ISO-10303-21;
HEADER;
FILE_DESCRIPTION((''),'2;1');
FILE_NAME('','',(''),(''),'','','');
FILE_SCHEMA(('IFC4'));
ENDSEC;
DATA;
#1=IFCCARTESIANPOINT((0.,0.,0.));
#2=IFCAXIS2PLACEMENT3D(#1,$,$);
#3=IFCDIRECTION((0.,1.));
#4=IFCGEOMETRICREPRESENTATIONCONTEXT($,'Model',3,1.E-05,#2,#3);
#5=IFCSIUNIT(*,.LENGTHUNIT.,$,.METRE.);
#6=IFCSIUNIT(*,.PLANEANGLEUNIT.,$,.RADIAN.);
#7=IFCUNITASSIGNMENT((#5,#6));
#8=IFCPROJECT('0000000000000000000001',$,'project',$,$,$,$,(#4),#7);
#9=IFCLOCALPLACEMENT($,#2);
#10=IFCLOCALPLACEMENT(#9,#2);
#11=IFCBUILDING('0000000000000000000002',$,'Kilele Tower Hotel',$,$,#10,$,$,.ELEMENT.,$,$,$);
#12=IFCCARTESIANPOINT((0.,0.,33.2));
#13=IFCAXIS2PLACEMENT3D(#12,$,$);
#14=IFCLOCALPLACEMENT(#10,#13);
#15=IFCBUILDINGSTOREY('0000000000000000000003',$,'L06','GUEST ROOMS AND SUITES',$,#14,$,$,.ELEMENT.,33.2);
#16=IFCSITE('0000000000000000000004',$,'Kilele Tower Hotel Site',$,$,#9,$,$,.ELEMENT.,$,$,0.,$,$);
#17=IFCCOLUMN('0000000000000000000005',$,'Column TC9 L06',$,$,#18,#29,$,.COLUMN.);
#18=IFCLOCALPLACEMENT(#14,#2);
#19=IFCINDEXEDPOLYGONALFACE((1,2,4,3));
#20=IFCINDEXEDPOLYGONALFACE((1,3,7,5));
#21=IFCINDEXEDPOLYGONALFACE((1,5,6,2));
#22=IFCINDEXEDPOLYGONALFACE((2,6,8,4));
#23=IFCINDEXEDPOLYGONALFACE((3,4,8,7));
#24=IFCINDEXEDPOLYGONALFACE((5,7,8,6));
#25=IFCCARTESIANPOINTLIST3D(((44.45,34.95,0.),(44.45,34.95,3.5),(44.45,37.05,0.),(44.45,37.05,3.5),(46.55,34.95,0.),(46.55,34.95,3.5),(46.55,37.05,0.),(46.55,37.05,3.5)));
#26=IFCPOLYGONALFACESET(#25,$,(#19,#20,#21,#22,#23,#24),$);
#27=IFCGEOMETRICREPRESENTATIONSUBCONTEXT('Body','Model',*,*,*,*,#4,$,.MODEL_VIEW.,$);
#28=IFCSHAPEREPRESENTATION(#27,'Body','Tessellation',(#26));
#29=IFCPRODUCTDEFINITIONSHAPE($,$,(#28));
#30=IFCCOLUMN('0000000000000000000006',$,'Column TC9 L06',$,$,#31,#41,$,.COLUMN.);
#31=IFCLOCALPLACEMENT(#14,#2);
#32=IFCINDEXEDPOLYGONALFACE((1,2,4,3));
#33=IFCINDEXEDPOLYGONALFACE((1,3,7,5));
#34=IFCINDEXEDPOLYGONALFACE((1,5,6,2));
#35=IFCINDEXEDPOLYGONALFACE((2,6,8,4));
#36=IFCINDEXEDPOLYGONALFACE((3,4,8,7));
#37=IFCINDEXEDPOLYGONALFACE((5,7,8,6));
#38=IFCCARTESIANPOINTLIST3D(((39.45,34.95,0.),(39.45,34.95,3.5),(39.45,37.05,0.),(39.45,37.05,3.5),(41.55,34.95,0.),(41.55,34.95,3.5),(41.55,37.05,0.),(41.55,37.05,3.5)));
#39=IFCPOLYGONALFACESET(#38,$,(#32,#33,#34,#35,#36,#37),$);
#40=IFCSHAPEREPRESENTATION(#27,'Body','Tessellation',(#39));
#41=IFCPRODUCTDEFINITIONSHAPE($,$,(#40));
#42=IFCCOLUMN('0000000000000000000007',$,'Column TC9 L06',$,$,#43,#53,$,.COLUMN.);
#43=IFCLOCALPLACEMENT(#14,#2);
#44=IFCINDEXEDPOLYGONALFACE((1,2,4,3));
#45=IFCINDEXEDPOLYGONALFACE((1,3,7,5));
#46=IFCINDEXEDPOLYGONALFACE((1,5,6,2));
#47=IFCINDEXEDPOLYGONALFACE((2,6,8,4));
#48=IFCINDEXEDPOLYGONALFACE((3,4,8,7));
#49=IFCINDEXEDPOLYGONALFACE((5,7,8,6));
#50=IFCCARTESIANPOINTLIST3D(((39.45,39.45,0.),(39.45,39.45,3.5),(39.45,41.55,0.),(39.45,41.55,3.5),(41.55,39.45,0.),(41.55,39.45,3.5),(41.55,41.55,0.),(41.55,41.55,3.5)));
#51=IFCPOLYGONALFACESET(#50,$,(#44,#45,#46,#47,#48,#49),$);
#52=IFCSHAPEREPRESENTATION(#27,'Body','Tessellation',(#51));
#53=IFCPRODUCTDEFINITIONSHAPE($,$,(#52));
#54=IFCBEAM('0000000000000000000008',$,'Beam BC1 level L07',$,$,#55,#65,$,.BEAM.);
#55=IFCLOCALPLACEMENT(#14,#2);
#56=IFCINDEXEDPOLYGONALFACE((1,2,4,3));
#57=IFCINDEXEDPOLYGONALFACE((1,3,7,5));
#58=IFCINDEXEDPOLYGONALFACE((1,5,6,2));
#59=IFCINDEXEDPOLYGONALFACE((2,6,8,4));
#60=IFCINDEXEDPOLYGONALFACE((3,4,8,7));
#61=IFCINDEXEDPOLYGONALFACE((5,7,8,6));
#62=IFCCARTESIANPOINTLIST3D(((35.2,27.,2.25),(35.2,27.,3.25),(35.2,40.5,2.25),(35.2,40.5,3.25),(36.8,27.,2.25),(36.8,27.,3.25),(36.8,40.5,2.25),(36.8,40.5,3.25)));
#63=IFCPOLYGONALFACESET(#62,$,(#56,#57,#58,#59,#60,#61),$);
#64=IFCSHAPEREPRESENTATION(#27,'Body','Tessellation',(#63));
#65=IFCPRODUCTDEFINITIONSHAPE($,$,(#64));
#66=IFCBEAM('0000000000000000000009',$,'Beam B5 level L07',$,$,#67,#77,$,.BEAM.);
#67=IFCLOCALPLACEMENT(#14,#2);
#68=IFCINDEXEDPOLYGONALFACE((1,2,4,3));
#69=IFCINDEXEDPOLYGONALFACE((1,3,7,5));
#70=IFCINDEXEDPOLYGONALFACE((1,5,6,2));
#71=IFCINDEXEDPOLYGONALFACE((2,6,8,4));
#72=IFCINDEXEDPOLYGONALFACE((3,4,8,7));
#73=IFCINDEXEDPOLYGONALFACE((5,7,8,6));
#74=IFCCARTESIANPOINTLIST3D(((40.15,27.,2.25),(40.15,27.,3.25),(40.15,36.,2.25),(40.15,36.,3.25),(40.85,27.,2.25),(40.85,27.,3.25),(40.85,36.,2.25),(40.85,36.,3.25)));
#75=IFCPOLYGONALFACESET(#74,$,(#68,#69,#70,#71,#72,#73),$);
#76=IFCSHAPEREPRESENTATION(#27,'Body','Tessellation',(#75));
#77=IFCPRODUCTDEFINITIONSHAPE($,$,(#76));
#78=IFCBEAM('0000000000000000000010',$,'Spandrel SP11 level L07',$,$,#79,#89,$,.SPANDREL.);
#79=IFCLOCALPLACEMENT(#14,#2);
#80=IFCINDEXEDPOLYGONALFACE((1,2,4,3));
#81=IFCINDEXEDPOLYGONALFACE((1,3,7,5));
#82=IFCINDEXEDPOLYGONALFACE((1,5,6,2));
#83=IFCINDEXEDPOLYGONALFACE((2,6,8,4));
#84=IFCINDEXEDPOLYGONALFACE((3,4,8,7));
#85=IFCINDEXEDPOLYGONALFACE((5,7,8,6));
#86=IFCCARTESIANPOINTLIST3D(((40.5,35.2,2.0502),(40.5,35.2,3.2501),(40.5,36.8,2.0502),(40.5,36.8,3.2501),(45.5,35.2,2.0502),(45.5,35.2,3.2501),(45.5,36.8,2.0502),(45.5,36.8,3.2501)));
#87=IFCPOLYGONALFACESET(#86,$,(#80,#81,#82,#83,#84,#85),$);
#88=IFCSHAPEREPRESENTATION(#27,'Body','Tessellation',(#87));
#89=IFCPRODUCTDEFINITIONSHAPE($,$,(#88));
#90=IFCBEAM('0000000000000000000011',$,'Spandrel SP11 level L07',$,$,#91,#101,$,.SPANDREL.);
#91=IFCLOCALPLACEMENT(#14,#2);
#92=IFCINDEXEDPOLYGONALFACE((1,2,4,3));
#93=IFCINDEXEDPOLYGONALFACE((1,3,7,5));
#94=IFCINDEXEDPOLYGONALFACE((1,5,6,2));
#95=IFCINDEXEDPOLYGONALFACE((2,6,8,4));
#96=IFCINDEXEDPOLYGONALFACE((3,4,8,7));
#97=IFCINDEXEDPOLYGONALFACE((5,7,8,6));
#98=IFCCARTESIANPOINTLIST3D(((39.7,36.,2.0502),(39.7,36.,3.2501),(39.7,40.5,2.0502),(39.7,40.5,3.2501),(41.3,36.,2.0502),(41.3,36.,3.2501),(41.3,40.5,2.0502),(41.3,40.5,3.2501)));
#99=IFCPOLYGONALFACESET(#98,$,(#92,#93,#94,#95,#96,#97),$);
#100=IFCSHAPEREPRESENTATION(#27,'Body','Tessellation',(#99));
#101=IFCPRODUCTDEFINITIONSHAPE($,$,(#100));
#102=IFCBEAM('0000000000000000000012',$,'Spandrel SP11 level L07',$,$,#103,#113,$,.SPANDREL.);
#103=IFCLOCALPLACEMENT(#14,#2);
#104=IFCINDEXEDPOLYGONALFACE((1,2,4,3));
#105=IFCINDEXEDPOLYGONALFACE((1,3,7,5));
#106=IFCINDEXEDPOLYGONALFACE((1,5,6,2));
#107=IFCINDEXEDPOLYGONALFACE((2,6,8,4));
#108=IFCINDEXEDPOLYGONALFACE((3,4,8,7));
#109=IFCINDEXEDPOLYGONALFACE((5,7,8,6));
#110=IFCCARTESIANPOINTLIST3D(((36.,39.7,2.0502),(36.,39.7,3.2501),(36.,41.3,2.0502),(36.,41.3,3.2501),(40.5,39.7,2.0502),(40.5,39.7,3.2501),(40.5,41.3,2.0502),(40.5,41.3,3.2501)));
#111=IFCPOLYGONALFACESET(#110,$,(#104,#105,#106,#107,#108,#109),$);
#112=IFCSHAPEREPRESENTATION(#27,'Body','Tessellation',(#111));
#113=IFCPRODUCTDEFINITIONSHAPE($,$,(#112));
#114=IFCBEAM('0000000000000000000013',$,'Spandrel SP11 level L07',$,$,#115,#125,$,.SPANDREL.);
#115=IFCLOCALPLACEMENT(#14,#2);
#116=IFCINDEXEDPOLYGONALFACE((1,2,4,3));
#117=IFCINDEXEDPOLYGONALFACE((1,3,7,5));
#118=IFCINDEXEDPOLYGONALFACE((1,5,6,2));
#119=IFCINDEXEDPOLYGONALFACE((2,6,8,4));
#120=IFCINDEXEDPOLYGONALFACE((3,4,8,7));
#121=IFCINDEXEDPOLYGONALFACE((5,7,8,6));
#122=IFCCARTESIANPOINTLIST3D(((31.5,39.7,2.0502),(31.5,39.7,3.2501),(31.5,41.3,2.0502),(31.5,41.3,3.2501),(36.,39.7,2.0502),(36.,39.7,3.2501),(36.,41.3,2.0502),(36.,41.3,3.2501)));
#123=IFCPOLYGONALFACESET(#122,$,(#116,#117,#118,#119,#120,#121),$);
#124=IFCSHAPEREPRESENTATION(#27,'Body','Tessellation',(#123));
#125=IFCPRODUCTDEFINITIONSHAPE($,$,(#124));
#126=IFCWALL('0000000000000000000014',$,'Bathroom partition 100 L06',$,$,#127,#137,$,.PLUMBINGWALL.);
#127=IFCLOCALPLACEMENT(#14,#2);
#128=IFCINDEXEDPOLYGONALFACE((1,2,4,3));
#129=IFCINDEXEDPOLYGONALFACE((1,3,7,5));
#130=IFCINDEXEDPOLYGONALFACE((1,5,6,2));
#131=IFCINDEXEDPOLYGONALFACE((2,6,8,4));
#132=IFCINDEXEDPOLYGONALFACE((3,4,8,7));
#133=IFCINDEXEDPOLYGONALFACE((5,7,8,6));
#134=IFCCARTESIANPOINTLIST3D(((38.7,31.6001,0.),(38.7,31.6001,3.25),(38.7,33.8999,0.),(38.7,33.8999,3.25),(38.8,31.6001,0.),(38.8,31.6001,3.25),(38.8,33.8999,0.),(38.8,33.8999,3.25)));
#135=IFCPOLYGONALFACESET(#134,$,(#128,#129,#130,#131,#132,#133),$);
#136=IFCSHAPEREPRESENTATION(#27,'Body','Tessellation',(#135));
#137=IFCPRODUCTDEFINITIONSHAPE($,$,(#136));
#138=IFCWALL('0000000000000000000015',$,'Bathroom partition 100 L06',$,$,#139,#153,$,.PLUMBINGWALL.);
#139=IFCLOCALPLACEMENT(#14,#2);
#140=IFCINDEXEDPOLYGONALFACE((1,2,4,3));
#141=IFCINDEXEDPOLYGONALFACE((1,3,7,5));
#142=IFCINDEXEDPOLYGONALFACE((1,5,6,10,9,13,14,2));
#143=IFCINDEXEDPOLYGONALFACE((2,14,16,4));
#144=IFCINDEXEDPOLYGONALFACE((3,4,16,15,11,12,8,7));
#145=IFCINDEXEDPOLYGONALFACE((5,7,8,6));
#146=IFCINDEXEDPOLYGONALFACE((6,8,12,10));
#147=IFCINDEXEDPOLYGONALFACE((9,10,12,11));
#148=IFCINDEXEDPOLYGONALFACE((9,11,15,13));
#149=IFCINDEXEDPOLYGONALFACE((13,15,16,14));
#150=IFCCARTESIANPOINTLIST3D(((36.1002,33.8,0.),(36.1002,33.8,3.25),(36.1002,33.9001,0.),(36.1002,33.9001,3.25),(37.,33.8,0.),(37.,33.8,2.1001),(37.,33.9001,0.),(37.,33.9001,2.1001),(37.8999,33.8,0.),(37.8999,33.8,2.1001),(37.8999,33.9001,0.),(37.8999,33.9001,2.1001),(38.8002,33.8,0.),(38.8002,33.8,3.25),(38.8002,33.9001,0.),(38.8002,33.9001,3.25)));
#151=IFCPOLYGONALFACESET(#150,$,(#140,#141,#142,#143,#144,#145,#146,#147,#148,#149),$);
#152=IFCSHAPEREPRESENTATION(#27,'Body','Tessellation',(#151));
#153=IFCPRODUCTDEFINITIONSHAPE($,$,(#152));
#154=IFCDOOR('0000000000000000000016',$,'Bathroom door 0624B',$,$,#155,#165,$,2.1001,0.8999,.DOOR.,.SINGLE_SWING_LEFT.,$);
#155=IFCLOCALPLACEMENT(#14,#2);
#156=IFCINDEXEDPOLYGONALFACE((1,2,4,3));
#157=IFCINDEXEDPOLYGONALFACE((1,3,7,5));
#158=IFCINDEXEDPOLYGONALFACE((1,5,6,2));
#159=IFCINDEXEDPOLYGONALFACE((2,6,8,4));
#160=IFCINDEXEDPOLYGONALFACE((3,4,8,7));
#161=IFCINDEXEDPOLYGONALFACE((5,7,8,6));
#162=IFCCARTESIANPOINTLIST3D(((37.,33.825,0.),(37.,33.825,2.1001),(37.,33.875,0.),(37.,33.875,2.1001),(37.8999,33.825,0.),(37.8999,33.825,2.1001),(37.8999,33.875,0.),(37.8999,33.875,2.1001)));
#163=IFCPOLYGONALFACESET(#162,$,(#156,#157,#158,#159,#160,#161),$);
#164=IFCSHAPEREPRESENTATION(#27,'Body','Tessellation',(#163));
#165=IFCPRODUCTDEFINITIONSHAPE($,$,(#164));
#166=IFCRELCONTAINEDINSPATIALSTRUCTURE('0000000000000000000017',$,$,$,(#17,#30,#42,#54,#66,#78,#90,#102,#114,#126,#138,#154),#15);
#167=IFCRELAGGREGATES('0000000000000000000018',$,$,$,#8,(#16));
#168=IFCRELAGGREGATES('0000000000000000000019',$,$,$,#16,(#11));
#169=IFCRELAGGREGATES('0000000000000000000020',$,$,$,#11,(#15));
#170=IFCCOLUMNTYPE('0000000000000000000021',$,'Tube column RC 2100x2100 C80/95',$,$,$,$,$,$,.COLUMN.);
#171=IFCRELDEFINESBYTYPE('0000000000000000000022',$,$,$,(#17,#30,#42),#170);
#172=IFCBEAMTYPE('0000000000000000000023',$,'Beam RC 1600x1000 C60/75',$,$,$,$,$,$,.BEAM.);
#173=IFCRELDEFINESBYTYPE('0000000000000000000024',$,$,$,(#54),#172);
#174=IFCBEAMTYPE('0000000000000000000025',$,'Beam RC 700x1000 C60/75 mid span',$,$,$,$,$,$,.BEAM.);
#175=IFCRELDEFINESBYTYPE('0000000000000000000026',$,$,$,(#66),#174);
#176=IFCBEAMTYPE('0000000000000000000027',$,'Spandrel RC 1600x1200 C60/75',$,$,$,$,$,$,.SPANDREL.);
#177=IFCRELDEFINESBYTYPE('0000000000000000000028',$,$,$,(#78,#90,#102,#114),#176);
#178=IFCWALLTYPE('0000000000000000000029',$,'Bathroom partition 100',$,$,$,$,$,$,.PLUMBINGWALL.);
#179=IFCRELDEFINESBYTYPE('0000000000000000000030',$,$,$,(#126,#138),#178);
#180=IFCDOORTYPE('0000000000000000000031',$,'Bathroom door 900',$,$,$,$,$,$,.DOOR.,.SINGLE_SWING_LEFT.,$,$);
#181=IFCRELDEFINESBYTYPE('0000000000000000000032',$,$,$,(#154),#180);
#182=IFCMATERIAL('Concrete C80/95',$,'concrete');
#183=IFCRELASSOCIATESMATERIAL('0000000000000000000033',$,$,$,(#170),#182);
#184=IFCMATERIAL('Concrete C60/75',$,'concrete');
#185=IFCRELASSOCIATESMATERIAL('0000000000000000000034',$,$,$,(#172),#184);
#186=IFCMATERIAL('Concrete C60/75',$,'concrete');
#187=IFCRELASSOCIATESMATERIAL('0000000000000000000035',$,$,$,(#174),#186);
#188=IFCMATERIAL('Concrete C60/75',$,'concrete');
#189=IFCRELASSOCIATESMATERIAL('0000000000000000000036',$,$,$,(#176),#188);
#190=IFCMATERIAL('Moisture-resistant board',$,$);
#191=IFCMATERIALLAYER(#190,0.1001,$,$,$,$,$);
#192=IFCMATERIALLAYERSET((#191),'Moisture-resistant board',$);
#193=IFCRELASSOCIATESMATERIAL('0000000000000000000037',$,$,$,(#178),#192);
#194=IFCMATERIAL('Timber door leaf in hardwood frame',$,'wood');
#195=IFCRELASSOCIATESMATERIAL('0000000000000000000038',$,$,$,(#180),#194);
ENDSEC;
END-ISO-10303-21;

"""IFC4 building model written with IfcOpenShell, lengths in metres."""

from ifc_helpers import new_model, si_unit, direction, frame, frame_2d, origin, origin_2d, place, context, subcontext, project, spatial, rectangle, extrude, material, layer, layer_set, material_profile, profile_set, type_object, element, fill, save


model = new_model("IFC4")

# Units and contexts
model_context = context("Model", 3, precision=1e-05, world=origin(), true_north=direction((0.0, 1.0)))
body_context = subcontext(model_context, "Body", "Model", "MODEL_VIEW")
ifc_project = project(units=[si_unit("LENGTHUNIT", "METRE"), si_unit("PLANEANGLEUNIT", "RADIAN")], contexts=[model_context])

# Site, building, storey
site_placement = place(None, origin())
site = spatial("IfcSite", under=ifc_project, at=site_placement, Name="Kilele Tower Hotel Site", CompositionType="ELEMENT", RefElevation=0.0)
building_placement = place(site_placement, origin())
building = spatial("IfcBuilding", under=site, at=building_placement, Name="Kilele Tower Hotel", CompositionType="ELEMENT")
storey_placement = place(building_placement, frame((0.0, 0.0, 33.2)))
storey = spatial("IfcBuildingStorey", under=building, at=storey_placement, Name="L06", Description="GUEST ROOMS AND SUITES", CompositionType="ELEMENT", Elevation=33.2)

# Columns
ifc_material_1 = material(Name="Concrete C80/95", Category="concrete")
ifc_material_profile_1 = material_profile(ifc_material_1, rectangle(XDim=2.1001, YDim=2.1001, at=origin_2d()))
ifc_profile_set_1 = profile_set([ifc_material_profile_1], Name="Concrete C80/95")
column_type = type_object("IfcColumnType", Name="Tube column RC 2100x2100 C80/95", PredefinedType="COLUMN", material=ifc_profile_set_1)
for number, where, z_axis, x_axis, name in (
    (1, (45.5, 36.0, 0.0), (0.0, 0.0, 1.0), (1.0, 0.0, 0.0), "Column TC9 L06"),
    (2, (40.5, 36.0, 0.0), (0.0, 0.0, 1.0), (1.0, 0.0, 0.0), "Column TC9 L06"),
    (3, (40.5, 40.5, 0.0), (0.0, 0.0, 1.0), (1.0, 0.0, 0.0), "Column TC9 L06"),
):
    element("IfcColumn", number, at=place(storey_placement, frame(where, z_axis=z_axis, x_axis=x_axis)), inside=storey, type_object=column_type, Name=name, PredefinedType="COLUMN", context=body_context, shape_type="SweptSolid", body=[
        extrude(rectangle(XDim=2.1001, YDim=2.1001, at=origin_2d()), origin(), (0.0, 0.0, 1.0), 3.5),
    ])

# Beams
ifc_material_2 = material(Name="Concrete C60/75", Category="concrete")
ifc_material_profile_2 = material_profile(ifc_material_2, rectangle(XDim=1.6001, YDim=1.0, at=origin_2d()))
ifc_profile_set_2 = profile_set([ifc_material_profile_2], Name="Concrete C60/75")
beam_type_1 = type_object("IfcBeamType", Name="Beam RC 1600x1000 C60/75", PredefinedType="BEAM", material=ifc_profile_set_2)
beam_1_placement = place(storey_placement, frame((36.0, 40.5, 2.75), z_axis=(0.0, -1.0, 0.0), x_axis=(1.0, 0.0, 0.0)))
element("IfcBeam", 4, at=beam_1_placement, inside=storey, type_object=beam_type_1, Name="Beam BC1 level L07", PredefinedType="BEAM", context=body_context, shape_type="SweptSolid", body=[
    extrude(rectangle(XDim=1.6001, YDim=1.0, at=origin_2d()), origin(), (0.0, 0.0, 1.0), 13.5),
])
ifc_material_3 = material(Name="Concrete C60/75", Category="concrete")
ifc_material_profile_3 = material_profile(ifc_material_3, rectangle(XDim=0.7, YDim=1.0, at=origin_2d()))
ifc_profile_set_3 = profile_set([ifc_material_profile_3], Name="Concrete C60/75")
beam_type_2 = type_object("IfcBeamType", Name="Beam RC 700x1000 C60/75 mid span", PredefinedType="BEAM", material=ifc_profile_set_3)
beam_2_placement = place(storey_placement, frame((40.5, 36.0, 2.75), z_axis=(0.0, -1.0, 0.0), x_axis=(1.0, 0.0, 0.0)))
element("IfcBeam", 5, at=beam_2_placement, inside=storey, type_object=beam_type_2, Name="Beam B5 level L07", PredefinedType="BEAM", context=body_context, shape_type="SweptSolid", body=[
    extrude(rectangle(XDim=0.7, YDim=1.0, at=origin_2d()), origin(), (0.0, 0.0, 1.0), 9.0),
])
ifc_material_4 = material(Name="Concrete C60/75", Category="concrete")
ifc_material_profile_4 = material_profile(ifc_material_4, rectangle(XDim=1.6001, YDim=1.2, at=origin_2d()))
ifc_profile_set_4 = profile_set([ifc_material_profile_4], Name="Concrete C60/75")
beam_type_3 = type_object("IfcBeamType", Name="Spandrel RC 1600x1200 C60/75", PredefinedType="SPANDREL", material=ifc_profile_set_4)
beam_3_placement = place(storey_placement, frame((45.5, 36.0, 2.6501), z_axis=(-1.0, 0.0, 0.0), x_axis=(0.0, -1.0, 0.0)))
element("IfcBeam", 6, at=beam_3_placement, inside=storey, type_object=beam_type_3, Name="Spandrel SP11 level L07", PredefinedType="SPANDREL", context=body_context, shape_type="SweptSolid", body=[
    extrude(rectangle(XDim=1.6001, YDim=1.2, at=origin_2d()), origin(), (0.0, 0.0, 1.0), 5.0),
])
for number, where, z_axis, x_axis, name in (
    (7, (40.5, 36.0, 2.6501), (0.0, 1.0, 0.0), (-1.0, 0.0, 0.0), "Spandrel SP11 level L07"),
    (8, (40.5, 40.5, 2.6501), (-1.0, 0.0, 0.0), (0.0, -1.0, 0.0), "Spandrel SP11 level L07"),
    (9, (36.0, 40.5, 2.6501), (-1.0, 0.0, 0.0), (0.0, -1.0, 0.0), "Spandrel SP11 level L07"),
):
    element("IfcBeam", number, at=place(storey_placement, frame(where, z_axis=z_axis, x_axis=x_axis)), inside=storey, type_object=beam_type_3, Name=name, PredefinedType="SPANDREL", context=body_context, shape_type="SweptSolid", body=[
        extrude(rectangle(XDim=1.6001, YDim=1.2, at=origin_2d()), origin(), (0.0, 0.0, 1.0), 4.5),
    ])

# Wall
ifc_material_5 = material(Name="Moisture-resistant board")
ifc_layer_1 = layer(ifc_material_5, 0.1001)
ifc_layer_set_1 = layer_set([ifc_layer_1], Name="Moisture-resistant board")
wall_type_1 = type_object("IfcWallType", Name="Bathroom partition 100", PredefinedType="PLUMBINGWALL", material=ifc_layer_set_1)
wall_1_placement = place(storey_placement, frame((38.75, 31.6001, 0.0), z_axis=(0.0, 0.0, 1.0), x_axis=(0.0, 1.0, 0.0)))
element("IfcWall", 10, at=wall_1_placement, inside=storey, type_object=wall_type_1, Name="Bathroom partition 100 L06", PredefinedType="PLUMBINGWALL", context=body_context, shape_type="SweptSolid", body=[
    extrude(rectangle(XDim=2.2998, YDim=0.1001, at=frame_2d((1.1499, 0.0))), origin(), (0.0, 0.0, 1.0), 3.25),
])

# Wall, opening, door
wall_2_placement = place(storey_placement, frame((36.1001, 33.8501, 0.0), z_axis=(0.0, 0.0, 1.0), x_axis=(1.0, 0.0, 0.0)))
wall_2 = element("IfcWall", 11, at=wall_2_placement, inside=storey, type_object=wall_type_1, Name="Bathroom partition 100 L06", PredefinedType="PLUMBINGWALL", context=body_context, shape_type="SweptSolid", body=[
    extrude(rectangle(XDim=2.7, YDim=0.1001, at=frame_2d((1.3501, 0.0))), origin(), (0.0, 0.0, 1.0), 3.25),
])
opening_1_placement = place(wall_2_placement, frame((0.8999, 0.0, 0.0)))
opening_1 = element("IfcOpeningElement", 12, at=opening_1_placement, cuts=wall_2, PredefinedType="OPENING", context=body_context, shape_type="SweptSolid", body=[
    extrude(rectangle(XDim=0.8999, YDim=2.1001, at=frame_2d((0.45, 1.05))), frame((0.0, 0.0601, 0.0), z_axis=(0.0, -1.0, 0.0), x_axis=(1.0, 0.0, 0.0)), (0.0, 0.0, 1.0), 0.1201),
])
ifc_material_6 = material(Name="Timber door leaf in hardwood frame", Category="wood")
door_type_1 = type_object("IfcDoorType", Name="Bathroom door 900", OperationType="SINGLE_SWING_LEFT", PredefinedType="DOOR", material=ifc_material_6)
door_1_placement = place(opening_1_placement, origin())
door_1 = element("IfcDoor", 13, at=door_1_placement, inside=storey, type_object=door_type_1, Name="Bathroom door 0624B", OperationType="SINGLE_SWING_LEFT", OverallHeight=2.1001, OverallWidth=0.8999, PredefinedType="DOOR", context=body_context, shape_type="SweptSolid", body=[
    extrude(rectangle(XDim=0.8999, YDim=2.1001, at=frame_2d((0.45, 1.05))), frame((0.0, 0.0249, 0.0), z_axis=(0.0, -1.0, 0.0), x_axis=(1.0, 0.0, 0.0)), (0.0, 0.0, 1.0), 0.05),
])
fill(opening_1, door_1)

save(model, "model.ifc")
